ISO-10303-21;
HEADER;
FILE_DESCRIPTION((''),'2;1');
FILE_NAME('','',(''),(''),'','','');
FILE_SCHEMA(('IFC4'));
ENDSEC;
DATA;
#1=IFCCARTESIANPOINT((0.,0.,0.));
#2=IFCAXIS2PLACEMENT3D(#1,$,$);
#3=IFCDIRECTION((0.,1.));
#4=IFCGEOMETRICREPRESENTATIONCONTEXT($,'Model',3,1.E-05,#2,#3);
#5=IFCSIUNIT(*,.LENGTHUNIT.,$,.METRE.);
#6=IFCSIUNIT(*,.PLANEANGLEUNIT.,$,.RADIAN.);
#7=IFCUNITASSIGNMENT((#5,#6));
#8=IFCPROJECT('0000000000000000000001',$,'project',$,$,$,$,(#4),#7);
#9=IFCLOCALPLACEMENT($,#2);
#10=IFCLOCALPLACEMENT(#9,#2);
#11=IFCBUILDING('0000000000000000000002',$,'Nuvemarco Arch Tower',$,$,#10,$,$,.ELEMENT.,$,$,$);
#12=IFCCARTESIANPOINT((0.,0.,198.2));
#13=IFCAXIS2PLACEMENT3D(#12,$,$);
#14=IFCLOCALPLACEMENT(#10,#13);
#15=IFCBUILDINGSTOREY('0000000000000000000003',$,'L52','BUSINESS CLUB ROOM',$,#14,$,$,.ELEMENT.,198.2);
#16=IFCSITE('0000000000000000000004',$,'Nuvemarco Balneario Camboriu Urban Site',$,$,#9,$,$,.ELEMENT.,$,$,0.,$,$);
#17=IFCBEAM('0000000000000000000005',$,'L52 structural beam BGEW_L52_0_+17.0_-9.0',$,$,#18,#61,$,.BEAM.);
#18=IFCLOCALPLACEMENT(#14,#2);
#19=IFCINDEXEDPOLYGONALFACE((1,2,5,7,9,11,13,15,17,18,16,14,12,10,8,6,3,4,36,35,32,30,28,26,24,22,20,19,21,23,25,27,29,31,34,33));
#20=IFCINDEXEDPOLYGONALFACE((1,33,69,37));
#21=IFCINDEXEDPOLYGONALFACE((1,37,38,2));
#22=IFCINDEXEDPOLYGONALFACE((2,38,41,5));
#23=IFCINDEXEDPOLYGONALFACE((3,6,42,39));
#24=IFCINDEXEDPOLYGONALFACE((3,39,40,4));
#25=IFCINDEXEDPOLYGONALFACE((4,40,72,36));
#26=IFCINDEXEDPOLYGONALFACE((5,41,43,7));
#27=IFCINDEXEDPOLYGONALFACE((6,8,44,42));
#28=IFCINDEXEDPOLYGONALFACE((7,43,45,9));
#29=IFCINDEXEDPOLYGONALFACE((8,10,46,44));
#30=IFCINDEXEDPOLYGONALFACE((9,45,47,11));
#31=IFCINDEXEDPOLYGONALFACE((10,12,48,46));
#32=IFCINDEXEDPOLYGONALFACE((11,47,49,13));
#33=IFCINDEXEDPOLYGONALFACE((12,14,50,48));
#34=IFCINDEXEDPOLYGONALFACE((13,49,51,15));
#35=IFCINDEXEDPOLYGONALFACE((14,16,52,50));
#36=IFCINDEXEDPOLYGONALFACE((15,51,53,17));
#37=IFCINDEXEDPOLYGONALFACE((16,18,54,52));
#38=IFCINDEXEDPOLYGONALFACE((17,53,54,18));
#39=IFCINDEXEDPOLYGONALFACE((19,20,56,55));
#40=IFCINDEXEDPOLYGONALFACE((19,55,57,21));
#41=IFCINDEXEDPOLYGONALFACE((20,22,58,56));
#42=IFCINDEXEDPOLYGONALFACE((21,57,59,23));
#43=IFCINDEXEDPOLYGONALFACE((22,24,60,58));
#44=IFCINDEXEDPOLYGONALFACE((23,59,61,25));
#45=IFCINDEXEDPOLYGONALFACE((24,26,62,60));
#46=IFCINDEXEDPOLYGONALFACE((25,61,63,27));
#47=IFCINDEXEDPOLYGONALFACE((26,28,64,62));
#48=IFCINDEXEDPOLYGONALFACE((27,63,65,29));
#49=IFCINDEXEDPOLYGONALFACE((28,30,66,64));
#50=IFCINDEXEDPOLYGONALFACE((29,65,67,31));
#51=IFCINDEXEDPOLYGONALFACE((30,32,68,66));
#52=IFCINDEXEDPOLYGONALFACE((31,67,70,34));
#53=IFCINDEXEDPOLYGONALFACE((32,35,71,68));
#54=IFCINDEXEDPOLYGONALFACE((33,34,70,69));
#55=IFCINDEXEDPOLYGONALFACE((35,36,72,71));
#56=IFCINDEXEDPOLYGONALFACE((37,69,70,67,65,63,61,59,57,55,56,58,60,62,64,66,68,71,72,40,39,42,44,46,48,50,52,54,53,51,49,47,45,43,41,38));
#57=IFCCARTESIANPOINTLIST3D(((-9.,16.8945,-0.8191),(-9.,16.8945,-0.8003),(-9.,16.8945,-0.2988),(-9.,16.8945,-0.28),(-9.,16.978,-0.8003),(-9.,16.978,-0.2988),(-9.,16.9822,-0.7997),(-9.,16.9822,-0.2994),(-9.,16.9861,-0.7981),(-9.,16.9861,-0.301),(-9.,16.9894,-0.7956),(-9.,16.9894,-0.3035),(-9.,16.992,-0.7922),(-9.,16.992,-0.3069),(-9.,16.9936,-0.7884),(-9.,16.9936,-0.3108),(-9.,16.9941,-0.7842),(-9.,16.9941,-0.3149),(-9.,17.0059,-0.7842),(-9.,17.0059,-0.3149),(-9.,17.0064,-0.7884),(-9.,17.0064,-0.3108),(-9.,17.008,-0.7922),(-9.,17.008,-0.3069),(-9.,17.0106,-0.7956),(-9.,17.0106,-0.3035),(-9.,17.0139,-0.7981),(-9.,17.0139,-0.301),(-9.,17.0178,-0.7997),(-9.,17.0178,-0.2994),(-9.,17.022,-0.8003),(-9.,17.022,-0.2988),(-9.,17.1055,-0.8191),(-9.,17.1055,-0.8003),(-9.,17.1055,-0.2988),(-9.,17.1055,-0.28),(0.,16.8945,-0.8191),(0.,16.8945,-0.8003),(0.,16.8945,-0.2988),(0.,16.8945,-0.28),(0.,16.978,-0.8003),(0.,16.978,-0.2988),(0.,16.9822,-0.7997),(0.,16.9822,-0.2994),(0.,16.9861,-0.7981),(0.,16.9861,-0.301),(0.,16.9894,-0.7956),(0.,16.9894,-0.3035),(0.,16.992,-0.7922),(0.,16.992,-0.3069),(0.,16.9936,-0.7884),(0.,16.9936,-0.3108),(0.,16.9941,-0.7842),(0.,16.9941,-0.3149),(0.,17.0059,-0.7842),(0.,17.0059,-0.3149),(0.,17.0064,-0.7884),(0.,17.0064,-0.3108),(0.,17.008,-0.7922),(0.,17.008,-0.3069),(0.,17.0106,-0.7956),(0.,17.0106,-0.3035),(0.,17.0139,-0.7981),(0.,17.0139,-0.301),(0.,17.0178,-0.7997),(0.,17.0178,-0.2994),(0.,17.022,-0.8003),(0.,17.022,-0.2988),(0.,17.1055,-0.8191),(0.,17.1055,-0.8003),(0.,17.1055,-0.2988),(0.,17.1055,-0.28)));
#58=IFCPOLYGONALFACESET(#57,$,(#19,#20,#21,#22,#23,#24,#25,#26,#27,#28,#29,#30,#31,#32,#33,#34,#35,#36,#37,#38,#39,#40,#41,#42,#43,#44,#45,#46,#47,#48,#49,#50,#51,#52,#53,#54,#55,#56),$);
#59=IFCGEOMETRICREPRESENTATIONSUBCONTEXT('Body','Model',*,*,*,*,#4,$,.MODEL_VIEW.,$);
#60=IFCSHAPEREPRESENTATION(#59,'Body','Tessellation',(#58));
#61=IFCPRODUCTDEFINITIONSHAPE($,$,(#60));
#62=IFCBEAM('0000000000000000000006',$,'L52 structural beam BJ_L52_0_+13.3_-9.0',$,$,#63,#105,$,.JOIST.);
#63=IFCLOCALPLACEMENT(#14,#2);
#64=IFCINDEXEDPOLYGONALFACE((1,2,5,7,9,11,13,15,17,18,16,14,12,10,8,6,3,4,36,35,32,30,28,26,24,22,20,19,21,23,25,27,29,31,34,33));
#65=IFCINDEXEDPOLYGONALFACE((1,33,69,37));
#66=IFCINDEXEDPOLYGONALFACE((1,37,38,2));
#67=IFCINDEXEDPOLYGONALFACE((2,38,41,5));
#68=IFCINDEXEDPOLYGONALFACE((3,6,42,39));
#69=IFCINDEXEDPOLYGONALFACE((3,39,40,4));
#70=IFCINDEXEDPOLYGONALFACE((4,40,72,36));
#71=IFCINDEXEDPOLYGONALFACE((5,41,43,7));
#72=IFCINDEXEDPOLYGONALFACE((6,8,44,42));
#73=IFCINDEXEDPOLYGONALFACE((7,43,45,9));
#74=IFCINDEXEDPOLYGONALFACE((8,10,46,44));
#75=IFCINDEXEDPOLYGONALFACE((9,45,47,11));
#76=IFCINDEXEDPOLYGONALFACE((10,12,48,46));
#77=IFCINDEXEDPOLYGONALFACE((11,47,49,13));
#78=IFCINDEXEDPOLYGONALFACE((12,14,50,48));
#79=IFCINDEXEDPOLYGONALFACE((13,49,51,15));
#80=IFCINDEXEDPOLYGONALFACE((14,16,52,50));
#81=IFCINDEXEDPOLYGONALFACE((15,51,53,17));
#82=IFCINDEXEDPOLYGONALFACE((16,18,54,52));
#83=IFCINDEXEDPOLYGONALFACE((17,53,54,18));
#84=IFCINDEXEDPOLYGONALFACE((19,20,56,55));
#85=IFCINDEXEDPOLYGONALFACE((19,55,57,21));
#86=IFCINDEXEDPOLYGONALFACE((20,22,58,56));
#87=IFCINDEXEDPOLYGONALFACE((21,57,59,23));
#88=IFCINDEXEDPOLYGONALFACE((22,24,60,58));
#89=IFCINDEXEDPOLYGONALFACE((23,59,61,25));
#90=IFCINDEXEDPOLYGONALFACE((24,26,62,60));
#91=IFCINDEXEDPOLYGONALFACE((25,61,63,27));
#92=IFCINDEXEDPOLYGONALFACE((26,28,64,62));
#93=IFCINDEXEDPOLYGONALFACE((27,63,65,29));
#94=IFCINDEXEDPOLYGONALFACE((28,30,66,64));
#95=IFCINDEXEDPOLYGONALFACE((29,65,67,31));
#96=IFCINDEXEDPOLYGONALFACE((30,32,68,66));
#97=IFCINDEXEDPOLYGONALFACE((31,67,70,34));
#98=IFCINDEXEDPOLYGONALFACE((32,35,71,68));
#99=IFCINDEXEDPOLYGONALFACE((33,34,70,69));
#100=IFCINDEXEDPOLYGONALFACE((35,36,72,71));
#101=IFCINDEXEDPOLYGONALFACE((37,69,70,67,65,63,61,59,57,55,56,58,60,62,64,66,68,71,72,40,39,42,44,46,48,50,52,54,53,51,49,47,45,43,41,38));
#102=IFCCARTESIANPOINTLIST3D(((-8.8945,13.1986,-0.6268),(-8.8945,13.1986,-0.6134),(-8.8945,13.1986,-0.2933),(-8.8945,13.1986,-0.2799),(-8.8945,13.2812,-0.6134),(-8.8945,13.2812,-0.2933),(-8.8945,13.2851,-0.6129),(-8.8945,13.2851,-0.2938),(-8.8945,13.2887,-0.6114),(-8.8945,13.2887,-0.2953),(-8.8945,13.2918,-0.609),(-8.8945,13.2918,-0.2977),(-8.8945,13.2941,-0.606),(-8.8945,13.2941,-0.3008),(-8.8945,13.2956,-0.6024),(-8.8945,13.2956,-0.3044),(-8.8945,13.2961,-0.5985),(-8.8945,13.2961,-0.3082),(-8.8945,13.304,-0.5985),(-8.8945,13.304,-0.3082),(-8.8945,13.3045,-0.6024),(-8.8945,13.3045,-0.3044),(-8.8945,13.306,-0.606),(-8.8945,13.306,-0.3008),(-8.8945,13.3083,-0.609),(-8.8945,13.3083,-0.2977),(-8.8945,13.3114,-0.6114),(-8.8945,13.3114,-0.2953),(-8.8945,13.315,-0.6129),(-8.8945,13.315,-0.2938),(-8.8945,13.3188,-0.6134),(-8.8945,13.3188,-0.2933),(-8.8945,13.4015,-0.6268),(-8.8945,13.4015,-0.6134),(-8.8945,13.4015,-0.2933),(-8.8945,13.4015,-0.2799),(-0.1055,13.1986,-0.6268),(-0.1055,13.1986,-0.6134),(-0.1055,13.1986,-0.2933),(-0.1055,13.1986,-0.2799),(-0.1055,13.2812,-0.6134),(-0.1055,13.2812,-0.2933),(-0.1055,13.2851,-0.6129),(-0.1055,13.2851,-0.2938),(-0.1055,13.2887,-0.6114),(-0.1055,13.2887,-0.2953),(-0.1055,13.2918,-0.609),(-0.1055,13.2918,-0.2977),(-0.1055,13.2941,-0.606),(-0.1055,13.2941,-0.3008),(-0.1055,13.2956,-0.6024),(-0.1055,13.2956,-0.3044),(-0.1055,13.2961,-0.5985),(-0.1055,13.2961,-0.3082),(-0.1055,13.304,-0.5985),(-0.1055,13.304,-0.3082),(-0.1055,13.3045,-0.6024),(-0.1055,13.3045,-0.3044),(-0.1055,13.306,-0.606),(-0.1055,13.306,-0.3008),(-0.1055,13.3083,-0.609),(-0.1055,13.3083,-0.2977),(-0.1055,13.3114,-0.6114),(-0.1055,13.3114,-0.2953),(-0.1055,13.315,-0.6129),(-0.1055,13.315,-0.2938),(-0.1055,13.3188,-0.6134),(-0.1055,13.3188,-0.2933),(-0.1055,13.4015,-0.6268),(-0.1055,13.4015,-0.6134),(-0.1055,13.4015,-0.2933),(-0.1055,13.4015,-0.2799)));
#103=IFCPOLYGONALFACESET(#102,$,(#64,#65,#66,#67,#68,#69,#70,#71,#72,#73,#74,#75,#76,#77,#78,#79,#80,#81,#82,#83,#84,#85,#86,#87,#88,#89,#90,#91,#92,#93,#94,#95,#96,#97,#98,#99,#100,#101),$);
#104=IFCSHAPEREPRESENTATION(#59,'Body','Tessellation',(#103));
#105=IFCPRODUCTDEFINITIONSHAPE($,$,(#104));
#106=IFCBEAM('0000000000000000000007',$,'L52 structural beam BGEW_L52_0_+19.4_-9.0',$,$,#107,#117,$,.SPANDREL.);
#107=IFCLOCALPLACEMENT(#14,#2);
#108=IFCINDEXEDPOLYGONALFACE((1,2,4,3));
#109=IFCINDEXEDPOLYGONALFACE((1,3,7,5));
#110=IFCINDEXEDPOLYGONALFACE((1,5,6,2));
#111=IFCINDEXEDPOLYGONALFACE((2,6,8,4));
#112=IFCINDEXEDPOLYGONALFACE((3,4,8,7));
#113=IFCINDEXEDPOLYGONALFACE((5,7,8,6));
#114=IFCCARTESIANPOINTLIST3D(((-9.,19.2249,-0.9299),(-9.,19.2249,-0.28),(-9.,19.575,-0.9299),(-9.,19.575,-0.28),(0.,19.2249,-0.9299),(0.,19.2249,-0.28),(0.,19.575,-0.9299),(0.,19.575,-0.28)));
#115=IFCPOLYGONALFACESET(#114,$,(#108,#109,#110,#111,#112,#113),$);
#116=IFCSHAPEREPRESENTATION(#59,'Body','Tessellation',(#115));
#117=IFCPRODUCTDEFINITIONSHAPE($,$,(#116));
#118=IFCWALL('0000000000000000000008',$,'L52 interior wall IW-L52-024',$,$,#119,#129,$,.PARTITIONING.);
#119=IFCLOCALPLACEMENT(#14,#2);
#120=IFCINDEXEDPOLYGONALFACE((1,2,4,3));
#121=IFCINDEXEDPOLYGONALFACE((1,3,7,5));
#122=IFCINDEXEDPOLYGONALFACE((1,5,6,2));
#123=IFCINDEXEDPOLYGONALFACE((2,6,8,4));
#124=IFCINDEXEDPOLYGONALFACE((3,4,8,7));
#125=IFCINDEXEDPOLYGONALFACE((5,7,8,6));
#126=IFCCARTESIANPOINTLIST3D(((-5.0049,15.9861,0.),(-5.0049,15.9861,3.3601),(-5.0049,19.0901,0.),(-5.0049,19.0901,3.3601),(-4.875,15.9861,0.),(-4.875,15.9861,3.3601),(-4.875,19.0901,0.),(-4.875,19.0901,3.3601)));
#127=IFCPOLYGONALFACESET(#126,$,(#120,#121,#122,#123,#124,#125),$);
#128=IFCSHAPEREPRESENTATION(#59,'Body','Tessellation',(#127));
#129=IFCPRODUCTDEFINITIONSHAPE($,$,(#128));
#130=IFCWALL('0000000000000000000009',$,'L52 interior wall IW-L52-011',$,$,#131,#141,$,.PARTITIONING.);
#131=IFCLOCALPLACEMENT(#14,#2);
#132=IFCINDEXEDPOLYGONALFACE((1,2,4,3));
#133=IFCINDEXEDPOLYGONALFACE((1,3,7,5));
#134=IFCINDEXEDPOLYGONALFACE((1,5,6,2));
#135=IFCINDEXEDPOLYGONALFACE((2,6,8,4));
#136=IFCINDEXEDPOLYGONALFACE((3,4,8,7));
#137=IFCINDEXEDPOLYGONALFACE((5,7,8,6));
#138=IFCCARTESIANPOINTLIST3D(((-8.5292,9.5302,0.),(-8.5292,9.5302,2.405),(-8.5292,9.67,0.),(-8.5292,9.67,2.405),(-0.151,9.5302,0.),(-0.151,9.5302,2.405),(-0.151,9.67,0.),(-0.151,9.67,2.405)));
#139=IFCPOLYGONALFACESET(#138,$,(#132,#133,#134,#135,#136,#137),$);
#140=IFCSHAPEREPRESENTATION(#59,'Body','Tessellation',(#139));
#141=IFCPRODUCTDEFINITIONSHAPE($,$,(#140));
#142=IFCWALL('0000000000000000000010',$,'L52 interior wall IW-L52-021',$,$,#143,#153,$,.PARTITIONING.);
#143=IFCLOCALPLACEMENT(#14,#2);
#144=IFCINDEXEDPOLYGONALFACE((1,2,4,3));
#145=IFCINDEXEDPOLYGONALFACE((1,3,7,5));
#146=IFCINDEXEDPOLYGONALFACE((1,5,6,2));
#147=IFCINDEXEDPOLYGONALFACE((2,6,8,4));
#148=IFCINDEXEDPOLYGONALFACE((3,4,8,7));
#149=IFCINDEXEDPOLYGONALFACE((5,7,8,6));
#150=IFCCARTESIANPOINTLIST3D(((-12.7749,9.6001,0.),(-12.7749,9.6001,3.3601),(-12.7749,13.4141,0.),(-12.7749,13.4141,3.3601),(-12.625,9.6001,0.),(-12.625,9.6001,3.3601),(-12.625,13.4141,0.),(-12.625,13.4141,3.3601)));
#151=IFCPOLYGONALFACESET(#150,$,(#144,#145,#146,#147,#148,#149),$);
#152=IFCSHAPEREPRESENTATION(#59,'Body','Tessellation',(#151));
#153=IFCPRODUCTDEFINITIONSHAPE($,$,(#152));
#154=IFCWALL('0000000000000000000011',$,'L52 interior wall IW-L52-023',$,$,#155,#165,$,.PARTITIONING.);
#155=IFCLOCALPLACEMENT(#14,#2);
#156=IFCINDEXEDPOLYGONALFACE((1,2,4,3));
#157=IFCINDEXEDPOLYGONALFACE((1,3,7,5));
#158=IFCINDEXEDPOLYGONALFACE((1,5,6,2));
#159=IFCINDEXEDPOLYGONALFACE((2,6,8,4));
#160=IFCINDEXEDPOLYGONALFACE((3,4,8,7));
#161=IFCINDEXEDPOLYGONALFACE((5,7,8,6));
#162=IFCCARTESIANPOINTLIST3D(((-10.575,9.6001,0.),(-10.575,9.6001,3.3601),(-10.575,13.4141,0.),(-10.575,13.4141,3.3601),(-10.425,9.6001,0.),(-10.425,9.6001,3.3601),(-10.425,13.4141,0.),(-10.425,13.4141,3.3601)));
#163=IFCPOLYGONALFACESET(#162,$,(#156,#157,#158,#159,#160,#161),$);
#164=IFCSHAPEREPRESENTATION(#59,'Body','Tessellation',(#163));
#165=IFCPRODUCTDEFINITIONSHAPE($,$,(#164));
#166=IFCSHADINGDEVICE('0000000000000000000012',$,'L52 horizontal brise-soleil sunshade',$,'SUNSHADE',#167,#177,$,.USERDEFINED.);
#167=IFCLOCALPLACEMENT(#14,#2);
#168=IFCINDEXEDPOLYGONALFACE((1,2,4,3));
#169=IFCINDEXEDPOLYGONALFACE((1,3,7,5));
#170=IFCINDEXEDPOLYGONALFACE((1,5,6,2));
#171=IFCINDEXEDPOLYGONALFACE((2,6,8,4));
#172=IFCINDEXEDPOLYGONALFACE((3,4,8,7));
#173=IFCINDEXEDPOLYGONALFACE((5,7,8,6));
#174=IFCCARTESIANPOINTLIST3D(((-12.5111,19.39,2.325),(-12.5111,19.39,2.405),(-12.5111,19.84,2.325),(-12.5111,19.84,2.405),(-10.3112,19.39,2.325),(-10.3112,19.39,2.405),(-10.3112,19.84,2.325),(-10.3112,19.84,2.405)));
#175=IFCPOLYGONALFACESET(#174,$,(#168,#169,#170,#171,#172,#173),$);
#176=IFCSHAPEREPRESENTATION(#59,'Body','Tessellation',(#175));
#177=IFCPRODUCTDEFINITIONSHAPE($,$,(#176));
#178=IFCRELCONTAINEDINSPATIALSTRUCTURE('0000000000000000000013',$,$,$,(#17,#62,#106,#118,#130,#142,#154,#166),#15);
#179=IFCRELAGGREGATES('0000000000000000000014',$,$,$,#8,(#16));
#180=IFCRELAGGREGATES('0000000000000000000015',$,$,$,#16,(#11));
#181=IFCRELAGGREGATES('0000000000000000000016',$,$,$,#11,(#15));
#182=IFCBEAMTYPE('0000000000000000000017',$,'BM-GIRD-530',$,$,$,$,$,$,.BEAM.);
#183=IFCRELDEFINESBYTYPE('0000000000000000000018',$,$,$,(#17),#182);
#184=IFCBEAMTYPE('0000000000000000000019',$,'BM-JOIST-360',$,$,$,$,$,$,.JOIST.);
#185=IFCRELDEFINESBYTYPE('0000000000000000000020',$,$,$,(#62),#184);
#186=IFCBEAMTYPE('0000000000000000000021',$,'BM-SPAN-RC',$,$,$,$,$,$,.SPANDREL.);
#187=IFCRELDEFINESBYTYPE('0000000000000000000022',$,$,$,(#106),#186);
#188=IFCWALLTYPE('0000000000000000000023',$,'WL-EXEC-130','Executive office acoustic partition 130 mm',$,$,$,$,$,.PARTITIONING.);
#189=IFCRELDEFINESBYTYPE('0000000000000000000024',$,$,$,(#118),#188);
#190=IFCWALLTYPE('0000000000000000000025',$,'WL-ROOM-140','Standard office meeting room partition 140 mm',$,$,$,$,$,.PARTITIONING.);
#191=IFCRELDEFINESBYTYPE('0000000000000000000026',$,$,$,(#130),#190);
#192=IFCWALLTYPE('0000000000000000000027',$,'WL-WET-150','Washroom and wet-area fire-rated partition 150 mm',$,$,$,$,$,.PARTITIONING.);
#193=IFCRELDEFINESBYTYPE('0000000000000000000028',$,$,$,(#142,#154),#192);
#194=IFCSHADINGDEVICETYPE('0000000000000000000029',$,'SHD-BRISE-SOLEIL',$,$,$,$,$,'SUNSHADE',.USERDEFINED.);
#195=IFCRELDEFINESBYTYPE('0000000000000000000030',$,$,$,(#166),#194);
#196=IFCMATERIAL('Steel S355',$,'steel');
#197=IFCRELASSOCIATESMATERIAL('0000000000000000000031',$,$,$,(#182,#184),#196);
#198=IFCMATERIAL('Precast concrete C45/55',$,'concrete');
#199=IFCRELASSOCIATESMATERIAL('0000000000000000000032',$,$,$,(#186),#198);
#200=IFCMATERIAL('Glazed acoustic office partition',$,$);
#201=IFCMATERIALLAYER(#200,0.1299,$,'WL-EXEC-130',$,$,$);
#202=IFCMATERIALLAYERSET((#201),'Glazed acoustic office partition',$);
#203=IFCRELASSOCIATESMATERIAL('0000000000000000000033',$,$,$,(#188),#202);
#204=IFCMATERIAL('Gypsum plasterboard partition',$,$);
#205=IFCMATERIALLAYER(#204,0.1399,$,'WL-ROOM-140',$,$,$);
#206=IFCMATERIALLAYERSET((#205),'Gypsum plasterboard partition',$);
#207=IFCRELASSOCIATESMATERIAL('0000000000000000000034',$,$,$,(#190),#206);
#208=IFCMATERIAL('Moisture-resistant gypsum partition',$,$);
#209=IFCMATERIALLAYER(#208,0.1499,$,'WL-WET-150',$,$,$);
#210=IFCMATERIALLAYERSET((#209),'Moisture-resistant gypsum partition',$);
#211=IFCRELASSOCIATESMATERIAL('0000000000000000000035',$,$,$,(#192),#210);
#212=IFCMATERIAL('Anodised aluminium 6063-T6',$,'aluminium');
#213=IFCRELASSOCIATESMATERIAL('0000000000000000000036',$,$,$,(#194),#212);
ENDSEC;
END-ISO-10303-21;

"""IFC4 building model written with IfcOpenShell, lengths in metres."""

from ifc_helpers import new_model, si_unit, direction, frame, frame_2d, origin, origin_2d, place, context, subcontext, project, spatial, rectangle, i_section, extrude, source, transform, mapped, material, layer, layer_set, material_profile, profile_set, type_object, type_shapes, element, save


model = new_model("IFC4")

# Units and contexts
model_context = context("Model", 3, precision=1e-05, world=origin(), true_north=direction((0.0, 1.0)))
body_context = subcontext(model_context, "Body", "Model", "MODEL_VIEW")
ifc_project = project(units=[si_unit("LENGTHUNIT", "METRE"), si_unit("PLANEANGLEUNIT", "RADIAN")], contexts=[model_context])

# Site, building, storey
site_placement = place(None, origin())
site = spatial("IfcSite", under=ifc_project, at=site_placement, Name="Nuvemarco Balneario Camboriu Urban Site", CompositionType="ELEMENT", RefElevation=0.0)
building_placement = place(site_placement, origin())
building = spatial("IfcBuilding", under=site, at=building_placement, Name="Nuvemarco Arch Tower", CompositionType="ELEMENT")
storey_placement = place(building_placement, frame((0.0, 0.0, 198.2)))
storey = spatial("IfcBuildingStorey", under=building, at=storey_placement, Name="L52", Description="BUSINESS CLUB ROOM", CompositionType="ELEMENT", Elevation=198.2)

# Shared definitions
ifc_material_1 = material(Name="Steel S355", Category="steel")

# Beams
ifc_material_profile_1 = material_profile(ifc_material_1, i_section(OverallWidth=0.2109, OverallDepth=0.5391, WebThickness=0.0117, FlangeThickness=0.0188, FilletRadius=0.0161, at=origin_2d()), Name="W530x109")
ifc_profile_set_1 = profile_set([ifc_material_profile_1], Name="Steel S355")
beam_type_1 = type_object("IfcBeamType", Name="BM-GIRD-530", PredefinedType="BEAM", material=ifc_profile_set_1)
beam_1_placement = place(storey_placement, frame((-9.0, 17.0, -0.5496), z_axis=(1.0, 0.0, 0.0), x_axis=(0.0, 1.0, 0.0)))
element("IfcBeam", 1, at=beam_1_placement, inside=storey, type_object=beam_type_1, Name="L52 structural beam BGEW_L52_0_+17.0_-9.0", PredefinedType="BEAM", context=body_context, shape_type="SweptSolid", body=[
    extrude(i_section(OverallWidth=0.2109, OverallDepth=0.5391, WebThickness=0.0117, FlangeThickness=0.0188, FilletRadius=0.0161, at=origin_2d()), origin(), (0.0, 0.0, 1.0), 9.0),
])
ifc_material_profile_2 = material_profile(ifc_material_1, i_section(OverallWidth=0.2029, OverallDepth=0.3469, WebThickness=0.0078, FlangeThickness=0.0134, FilletRadius=0.0149, at=origin_2d()), Name="W360x64")
ifc_profile_set_2 = profile_set([ifc_material_profile_2], Name="Steel S355")
beam_type_2 = type_object("IfcBeamType", Name="BM-JOIST-360", PredefinedType="JOIST", material=ifc_profile_set_2)
beam_2_placement = place(storey_placement, frame((-8.8945, 13.3, -0.4534), z_axis=(1.0, 0.0, 0.0), x_axis=(0.0, 1.0, 0.0)))
element("IfcBeam", 2, at=beam_2_placement, inside=storey, type_object=beam_type_2, Name="L52 structural beam BJ_L52_0_+13.3_-9.0", PredefinedType="JOIST", context=body_context, shape_type="SweptSolid", body=[
    extrude(i_section(OverallWidth=0.2029, OverallDepth=0.3469, WebThickness=0.0078, FlangeThickness=0.0134, FilletRadius=0.0149, at=origin_2d()), origin(), (0.0, 0.0, 1.0), 8.7891),
])
ifc_material_2 = material(Name="Precast concrete C45/55", Category="concrete")
ifc_material_profile_3 = material_profile(ifc_material_2, rectangle(XDim=0.3501, YDim=0.6499, at=origin_2d()), Name="PC-SP-350x650")
ifc_profile_set_3 = profile_set([ifc_material_profile_3], Name="Precast concrete C45/55")
beam_type_3 = type_object("IfcBeamType", Name="BM-SPAN-RC", PredefinedType="SPANDREL", material=ifc_profile_set_3)
beam_3_placement = place(storey_placement, frame((-9.0, 19.3999, -0.605), z_axis=(1.0, 0.0, 0.0), x_axis=(0.0, 1.0, 0.0)))
element("IfcBeam", 3, at=beam_3_placement, inside=storey, type_object=beam_type_3, Name="L52 structural beam BGEW_L52_0_+19.4_-9.0", PredefinedType="SPANDREL", context=body_context, shape_type="SweptSolid", body=[
    extrude(rectangle(XDim=0.3501, YDim=0.6499, at=origin_2d()), origin(), (0.0, 0.0, 1.0), 9.0),
])

# Walls
ifc_material_3 = material(Name="Glazed acoustic office partition")
ifc_layer_1 = layer(ifc_material_3, 0.1299, Name="WL-EXEC-130")
ifc_layer_set_1 = layer_set([ifc_layer_1], Name="Glazed acoustic office partition")
wall_type_1 = type_object("IfcWallType", Name="WL-EXEC-130", Description="Executive office acoustic partition 130 mm", PredefinedType="PARTITIONING", material=ifc_layer_set_1)
wall_1_placement = place(storey_placement, frame((-4.9399, 15.9861, 0.0), z_axis=(0.0, 0.0, 1.0), x_axis=(0.0, 1.0, 0.0)))
element("IfcWall", 4, at=wall_1_placement, inside=storey, type_object=wall_type_1, Name="L52 interior wall IW-L52-024", PredefinedType="PARTITIONING", context=body_context, shape_type="SweptSolid", body=[
    extrude(rectangle(XDim=3.104, YDim=0.1299, at=frame_2d((1.552, 0.0))), origin(), (0.0, 0.0, 1.0), 3.3601),
])
ifc_material_4 = material(Name="Gypsum plasterboard partition")
ifc_layer_2 = layer(ifc_material_4, 0.1399, Name="WL-ROOM-140")
ifc_layer_set_2 = layer_set([ifc_layer_2], Name="Gypsum plasterboard partition")
wall_type_2 = type_object("IfcWallType", Name="WL-ROOM-140", Description="Standard office meeting room partition 140 mm", PredefinedType="PARTITIONING", material=ifc_layer_set_2)
wall_2_placement = place(storey_placement, frame((-8.5291, 9.6001, 0.0), z_axis=(0.0, 0.0, 1.0), x_axis=(1.0, 0.0, 0.0)))
element("IfcWall", 5, at=wall_2_placement, inside=storey, type_object=wall_type_2, Name="L52 interior wall IW-L52-011", PredefinedType="PARTITIONING", context=body_context, shape_type="SweptSolid", body=[
    extrude(rectangle(XDim=8.3782, YDim=0.1399, at=frame_2d((4.189, 0.0))), origin(), (0.0, 0.0, 1.0), 2.405),
])
ifc_material_5 = material(Name="Moisture-resistant gypsum partition")
ifc_layer_3 = layer(ifc_material_5, 0.1499, Name="WL-WET-150")
ifc_layer_set_3 = layer_set([ifc_layer_3], Name="Moisture-resistant gypsum partition")
wall_type_3 = type_object("IfcWallType", Name="WL-WET-150", Description="Washroom and wet-area fire-rated partition 150 mm", PredefinedType="PARTITIONING", material=ifc_layer_set_3)
for number, where, z_axis, x_axis, name in (
    (6, (-12.7, 9.6001, 0.0), (0.0, 0.0, 1.0), (0.0, 1.0, 0.0), "L52 interior wall IW-L52-021"),
    (7, (-10.5, 9.6001, 0.0), (0.0, 0.0, 1.0), (0.0, 1.0, 0.0), "L52 interior wall IW-L52-023"),
):
    element("IfcWall", number, at=place(storey_placement, frame(where, z_axis=z_axis, x_axis=x_axis)), inside=storey, type_object=wall_type_3, Name=name, PredefinedType="PARTITIONING", context=body_context, shape_type="SweptSolid", body=[
        extrude(rectangle(XDim=3.814, YDim=0.1499, at=frame_2d((1.907, 0.0))), origin(), (0.0, 0.0, 1.0), 3.3601),
    ])

# Shading device
ifc_material_6 = material(Name="Anodised aluminium 6063-T6", Category="aluminium")
shading_device_type = type_object("IfcShadingDeviceType", Name="SHD-BRISE-SOLEIL", ElementType="SUNSHADE", PredefinedType="USERDEFINED", material=ifc_material_6)
shared_shape_1 = source(origin(), body_context, "Body", "SweptSolid", [
    extrude(rectangle(XDim=2.2, YDim=0.45, at=origin_2d()), origin(), (0.0, 0.0, 1.0), 0.0801),
])
type_shapes(shading_device_type, [shared_shape_1])
for number, where, z_axis, x_axis, name in (
    (8, (-11.4111, 19.615, 2.325), (0.0, 0.0, 1.0), (1.0, 0.0, 0.0), "L52 horizontal brise-soleil sunshade"),
):
    element("IfcShadingDevice", number, at=place(storey_placement, frame(where, z_axis=z_axis, x_axis=x_axis)), inside=storey, type_object=shading_device_type, Name=name, ObjectType="SUNSHADE", PredefinedType="USERDEFINED", context=body_context, shape_type="MappedRepresentation", body=[
        mapped(shared_shape_1, transform((0.0, 0.0, 0.0), scale=1.0)),
    ])

save(model, "model.ifc")
